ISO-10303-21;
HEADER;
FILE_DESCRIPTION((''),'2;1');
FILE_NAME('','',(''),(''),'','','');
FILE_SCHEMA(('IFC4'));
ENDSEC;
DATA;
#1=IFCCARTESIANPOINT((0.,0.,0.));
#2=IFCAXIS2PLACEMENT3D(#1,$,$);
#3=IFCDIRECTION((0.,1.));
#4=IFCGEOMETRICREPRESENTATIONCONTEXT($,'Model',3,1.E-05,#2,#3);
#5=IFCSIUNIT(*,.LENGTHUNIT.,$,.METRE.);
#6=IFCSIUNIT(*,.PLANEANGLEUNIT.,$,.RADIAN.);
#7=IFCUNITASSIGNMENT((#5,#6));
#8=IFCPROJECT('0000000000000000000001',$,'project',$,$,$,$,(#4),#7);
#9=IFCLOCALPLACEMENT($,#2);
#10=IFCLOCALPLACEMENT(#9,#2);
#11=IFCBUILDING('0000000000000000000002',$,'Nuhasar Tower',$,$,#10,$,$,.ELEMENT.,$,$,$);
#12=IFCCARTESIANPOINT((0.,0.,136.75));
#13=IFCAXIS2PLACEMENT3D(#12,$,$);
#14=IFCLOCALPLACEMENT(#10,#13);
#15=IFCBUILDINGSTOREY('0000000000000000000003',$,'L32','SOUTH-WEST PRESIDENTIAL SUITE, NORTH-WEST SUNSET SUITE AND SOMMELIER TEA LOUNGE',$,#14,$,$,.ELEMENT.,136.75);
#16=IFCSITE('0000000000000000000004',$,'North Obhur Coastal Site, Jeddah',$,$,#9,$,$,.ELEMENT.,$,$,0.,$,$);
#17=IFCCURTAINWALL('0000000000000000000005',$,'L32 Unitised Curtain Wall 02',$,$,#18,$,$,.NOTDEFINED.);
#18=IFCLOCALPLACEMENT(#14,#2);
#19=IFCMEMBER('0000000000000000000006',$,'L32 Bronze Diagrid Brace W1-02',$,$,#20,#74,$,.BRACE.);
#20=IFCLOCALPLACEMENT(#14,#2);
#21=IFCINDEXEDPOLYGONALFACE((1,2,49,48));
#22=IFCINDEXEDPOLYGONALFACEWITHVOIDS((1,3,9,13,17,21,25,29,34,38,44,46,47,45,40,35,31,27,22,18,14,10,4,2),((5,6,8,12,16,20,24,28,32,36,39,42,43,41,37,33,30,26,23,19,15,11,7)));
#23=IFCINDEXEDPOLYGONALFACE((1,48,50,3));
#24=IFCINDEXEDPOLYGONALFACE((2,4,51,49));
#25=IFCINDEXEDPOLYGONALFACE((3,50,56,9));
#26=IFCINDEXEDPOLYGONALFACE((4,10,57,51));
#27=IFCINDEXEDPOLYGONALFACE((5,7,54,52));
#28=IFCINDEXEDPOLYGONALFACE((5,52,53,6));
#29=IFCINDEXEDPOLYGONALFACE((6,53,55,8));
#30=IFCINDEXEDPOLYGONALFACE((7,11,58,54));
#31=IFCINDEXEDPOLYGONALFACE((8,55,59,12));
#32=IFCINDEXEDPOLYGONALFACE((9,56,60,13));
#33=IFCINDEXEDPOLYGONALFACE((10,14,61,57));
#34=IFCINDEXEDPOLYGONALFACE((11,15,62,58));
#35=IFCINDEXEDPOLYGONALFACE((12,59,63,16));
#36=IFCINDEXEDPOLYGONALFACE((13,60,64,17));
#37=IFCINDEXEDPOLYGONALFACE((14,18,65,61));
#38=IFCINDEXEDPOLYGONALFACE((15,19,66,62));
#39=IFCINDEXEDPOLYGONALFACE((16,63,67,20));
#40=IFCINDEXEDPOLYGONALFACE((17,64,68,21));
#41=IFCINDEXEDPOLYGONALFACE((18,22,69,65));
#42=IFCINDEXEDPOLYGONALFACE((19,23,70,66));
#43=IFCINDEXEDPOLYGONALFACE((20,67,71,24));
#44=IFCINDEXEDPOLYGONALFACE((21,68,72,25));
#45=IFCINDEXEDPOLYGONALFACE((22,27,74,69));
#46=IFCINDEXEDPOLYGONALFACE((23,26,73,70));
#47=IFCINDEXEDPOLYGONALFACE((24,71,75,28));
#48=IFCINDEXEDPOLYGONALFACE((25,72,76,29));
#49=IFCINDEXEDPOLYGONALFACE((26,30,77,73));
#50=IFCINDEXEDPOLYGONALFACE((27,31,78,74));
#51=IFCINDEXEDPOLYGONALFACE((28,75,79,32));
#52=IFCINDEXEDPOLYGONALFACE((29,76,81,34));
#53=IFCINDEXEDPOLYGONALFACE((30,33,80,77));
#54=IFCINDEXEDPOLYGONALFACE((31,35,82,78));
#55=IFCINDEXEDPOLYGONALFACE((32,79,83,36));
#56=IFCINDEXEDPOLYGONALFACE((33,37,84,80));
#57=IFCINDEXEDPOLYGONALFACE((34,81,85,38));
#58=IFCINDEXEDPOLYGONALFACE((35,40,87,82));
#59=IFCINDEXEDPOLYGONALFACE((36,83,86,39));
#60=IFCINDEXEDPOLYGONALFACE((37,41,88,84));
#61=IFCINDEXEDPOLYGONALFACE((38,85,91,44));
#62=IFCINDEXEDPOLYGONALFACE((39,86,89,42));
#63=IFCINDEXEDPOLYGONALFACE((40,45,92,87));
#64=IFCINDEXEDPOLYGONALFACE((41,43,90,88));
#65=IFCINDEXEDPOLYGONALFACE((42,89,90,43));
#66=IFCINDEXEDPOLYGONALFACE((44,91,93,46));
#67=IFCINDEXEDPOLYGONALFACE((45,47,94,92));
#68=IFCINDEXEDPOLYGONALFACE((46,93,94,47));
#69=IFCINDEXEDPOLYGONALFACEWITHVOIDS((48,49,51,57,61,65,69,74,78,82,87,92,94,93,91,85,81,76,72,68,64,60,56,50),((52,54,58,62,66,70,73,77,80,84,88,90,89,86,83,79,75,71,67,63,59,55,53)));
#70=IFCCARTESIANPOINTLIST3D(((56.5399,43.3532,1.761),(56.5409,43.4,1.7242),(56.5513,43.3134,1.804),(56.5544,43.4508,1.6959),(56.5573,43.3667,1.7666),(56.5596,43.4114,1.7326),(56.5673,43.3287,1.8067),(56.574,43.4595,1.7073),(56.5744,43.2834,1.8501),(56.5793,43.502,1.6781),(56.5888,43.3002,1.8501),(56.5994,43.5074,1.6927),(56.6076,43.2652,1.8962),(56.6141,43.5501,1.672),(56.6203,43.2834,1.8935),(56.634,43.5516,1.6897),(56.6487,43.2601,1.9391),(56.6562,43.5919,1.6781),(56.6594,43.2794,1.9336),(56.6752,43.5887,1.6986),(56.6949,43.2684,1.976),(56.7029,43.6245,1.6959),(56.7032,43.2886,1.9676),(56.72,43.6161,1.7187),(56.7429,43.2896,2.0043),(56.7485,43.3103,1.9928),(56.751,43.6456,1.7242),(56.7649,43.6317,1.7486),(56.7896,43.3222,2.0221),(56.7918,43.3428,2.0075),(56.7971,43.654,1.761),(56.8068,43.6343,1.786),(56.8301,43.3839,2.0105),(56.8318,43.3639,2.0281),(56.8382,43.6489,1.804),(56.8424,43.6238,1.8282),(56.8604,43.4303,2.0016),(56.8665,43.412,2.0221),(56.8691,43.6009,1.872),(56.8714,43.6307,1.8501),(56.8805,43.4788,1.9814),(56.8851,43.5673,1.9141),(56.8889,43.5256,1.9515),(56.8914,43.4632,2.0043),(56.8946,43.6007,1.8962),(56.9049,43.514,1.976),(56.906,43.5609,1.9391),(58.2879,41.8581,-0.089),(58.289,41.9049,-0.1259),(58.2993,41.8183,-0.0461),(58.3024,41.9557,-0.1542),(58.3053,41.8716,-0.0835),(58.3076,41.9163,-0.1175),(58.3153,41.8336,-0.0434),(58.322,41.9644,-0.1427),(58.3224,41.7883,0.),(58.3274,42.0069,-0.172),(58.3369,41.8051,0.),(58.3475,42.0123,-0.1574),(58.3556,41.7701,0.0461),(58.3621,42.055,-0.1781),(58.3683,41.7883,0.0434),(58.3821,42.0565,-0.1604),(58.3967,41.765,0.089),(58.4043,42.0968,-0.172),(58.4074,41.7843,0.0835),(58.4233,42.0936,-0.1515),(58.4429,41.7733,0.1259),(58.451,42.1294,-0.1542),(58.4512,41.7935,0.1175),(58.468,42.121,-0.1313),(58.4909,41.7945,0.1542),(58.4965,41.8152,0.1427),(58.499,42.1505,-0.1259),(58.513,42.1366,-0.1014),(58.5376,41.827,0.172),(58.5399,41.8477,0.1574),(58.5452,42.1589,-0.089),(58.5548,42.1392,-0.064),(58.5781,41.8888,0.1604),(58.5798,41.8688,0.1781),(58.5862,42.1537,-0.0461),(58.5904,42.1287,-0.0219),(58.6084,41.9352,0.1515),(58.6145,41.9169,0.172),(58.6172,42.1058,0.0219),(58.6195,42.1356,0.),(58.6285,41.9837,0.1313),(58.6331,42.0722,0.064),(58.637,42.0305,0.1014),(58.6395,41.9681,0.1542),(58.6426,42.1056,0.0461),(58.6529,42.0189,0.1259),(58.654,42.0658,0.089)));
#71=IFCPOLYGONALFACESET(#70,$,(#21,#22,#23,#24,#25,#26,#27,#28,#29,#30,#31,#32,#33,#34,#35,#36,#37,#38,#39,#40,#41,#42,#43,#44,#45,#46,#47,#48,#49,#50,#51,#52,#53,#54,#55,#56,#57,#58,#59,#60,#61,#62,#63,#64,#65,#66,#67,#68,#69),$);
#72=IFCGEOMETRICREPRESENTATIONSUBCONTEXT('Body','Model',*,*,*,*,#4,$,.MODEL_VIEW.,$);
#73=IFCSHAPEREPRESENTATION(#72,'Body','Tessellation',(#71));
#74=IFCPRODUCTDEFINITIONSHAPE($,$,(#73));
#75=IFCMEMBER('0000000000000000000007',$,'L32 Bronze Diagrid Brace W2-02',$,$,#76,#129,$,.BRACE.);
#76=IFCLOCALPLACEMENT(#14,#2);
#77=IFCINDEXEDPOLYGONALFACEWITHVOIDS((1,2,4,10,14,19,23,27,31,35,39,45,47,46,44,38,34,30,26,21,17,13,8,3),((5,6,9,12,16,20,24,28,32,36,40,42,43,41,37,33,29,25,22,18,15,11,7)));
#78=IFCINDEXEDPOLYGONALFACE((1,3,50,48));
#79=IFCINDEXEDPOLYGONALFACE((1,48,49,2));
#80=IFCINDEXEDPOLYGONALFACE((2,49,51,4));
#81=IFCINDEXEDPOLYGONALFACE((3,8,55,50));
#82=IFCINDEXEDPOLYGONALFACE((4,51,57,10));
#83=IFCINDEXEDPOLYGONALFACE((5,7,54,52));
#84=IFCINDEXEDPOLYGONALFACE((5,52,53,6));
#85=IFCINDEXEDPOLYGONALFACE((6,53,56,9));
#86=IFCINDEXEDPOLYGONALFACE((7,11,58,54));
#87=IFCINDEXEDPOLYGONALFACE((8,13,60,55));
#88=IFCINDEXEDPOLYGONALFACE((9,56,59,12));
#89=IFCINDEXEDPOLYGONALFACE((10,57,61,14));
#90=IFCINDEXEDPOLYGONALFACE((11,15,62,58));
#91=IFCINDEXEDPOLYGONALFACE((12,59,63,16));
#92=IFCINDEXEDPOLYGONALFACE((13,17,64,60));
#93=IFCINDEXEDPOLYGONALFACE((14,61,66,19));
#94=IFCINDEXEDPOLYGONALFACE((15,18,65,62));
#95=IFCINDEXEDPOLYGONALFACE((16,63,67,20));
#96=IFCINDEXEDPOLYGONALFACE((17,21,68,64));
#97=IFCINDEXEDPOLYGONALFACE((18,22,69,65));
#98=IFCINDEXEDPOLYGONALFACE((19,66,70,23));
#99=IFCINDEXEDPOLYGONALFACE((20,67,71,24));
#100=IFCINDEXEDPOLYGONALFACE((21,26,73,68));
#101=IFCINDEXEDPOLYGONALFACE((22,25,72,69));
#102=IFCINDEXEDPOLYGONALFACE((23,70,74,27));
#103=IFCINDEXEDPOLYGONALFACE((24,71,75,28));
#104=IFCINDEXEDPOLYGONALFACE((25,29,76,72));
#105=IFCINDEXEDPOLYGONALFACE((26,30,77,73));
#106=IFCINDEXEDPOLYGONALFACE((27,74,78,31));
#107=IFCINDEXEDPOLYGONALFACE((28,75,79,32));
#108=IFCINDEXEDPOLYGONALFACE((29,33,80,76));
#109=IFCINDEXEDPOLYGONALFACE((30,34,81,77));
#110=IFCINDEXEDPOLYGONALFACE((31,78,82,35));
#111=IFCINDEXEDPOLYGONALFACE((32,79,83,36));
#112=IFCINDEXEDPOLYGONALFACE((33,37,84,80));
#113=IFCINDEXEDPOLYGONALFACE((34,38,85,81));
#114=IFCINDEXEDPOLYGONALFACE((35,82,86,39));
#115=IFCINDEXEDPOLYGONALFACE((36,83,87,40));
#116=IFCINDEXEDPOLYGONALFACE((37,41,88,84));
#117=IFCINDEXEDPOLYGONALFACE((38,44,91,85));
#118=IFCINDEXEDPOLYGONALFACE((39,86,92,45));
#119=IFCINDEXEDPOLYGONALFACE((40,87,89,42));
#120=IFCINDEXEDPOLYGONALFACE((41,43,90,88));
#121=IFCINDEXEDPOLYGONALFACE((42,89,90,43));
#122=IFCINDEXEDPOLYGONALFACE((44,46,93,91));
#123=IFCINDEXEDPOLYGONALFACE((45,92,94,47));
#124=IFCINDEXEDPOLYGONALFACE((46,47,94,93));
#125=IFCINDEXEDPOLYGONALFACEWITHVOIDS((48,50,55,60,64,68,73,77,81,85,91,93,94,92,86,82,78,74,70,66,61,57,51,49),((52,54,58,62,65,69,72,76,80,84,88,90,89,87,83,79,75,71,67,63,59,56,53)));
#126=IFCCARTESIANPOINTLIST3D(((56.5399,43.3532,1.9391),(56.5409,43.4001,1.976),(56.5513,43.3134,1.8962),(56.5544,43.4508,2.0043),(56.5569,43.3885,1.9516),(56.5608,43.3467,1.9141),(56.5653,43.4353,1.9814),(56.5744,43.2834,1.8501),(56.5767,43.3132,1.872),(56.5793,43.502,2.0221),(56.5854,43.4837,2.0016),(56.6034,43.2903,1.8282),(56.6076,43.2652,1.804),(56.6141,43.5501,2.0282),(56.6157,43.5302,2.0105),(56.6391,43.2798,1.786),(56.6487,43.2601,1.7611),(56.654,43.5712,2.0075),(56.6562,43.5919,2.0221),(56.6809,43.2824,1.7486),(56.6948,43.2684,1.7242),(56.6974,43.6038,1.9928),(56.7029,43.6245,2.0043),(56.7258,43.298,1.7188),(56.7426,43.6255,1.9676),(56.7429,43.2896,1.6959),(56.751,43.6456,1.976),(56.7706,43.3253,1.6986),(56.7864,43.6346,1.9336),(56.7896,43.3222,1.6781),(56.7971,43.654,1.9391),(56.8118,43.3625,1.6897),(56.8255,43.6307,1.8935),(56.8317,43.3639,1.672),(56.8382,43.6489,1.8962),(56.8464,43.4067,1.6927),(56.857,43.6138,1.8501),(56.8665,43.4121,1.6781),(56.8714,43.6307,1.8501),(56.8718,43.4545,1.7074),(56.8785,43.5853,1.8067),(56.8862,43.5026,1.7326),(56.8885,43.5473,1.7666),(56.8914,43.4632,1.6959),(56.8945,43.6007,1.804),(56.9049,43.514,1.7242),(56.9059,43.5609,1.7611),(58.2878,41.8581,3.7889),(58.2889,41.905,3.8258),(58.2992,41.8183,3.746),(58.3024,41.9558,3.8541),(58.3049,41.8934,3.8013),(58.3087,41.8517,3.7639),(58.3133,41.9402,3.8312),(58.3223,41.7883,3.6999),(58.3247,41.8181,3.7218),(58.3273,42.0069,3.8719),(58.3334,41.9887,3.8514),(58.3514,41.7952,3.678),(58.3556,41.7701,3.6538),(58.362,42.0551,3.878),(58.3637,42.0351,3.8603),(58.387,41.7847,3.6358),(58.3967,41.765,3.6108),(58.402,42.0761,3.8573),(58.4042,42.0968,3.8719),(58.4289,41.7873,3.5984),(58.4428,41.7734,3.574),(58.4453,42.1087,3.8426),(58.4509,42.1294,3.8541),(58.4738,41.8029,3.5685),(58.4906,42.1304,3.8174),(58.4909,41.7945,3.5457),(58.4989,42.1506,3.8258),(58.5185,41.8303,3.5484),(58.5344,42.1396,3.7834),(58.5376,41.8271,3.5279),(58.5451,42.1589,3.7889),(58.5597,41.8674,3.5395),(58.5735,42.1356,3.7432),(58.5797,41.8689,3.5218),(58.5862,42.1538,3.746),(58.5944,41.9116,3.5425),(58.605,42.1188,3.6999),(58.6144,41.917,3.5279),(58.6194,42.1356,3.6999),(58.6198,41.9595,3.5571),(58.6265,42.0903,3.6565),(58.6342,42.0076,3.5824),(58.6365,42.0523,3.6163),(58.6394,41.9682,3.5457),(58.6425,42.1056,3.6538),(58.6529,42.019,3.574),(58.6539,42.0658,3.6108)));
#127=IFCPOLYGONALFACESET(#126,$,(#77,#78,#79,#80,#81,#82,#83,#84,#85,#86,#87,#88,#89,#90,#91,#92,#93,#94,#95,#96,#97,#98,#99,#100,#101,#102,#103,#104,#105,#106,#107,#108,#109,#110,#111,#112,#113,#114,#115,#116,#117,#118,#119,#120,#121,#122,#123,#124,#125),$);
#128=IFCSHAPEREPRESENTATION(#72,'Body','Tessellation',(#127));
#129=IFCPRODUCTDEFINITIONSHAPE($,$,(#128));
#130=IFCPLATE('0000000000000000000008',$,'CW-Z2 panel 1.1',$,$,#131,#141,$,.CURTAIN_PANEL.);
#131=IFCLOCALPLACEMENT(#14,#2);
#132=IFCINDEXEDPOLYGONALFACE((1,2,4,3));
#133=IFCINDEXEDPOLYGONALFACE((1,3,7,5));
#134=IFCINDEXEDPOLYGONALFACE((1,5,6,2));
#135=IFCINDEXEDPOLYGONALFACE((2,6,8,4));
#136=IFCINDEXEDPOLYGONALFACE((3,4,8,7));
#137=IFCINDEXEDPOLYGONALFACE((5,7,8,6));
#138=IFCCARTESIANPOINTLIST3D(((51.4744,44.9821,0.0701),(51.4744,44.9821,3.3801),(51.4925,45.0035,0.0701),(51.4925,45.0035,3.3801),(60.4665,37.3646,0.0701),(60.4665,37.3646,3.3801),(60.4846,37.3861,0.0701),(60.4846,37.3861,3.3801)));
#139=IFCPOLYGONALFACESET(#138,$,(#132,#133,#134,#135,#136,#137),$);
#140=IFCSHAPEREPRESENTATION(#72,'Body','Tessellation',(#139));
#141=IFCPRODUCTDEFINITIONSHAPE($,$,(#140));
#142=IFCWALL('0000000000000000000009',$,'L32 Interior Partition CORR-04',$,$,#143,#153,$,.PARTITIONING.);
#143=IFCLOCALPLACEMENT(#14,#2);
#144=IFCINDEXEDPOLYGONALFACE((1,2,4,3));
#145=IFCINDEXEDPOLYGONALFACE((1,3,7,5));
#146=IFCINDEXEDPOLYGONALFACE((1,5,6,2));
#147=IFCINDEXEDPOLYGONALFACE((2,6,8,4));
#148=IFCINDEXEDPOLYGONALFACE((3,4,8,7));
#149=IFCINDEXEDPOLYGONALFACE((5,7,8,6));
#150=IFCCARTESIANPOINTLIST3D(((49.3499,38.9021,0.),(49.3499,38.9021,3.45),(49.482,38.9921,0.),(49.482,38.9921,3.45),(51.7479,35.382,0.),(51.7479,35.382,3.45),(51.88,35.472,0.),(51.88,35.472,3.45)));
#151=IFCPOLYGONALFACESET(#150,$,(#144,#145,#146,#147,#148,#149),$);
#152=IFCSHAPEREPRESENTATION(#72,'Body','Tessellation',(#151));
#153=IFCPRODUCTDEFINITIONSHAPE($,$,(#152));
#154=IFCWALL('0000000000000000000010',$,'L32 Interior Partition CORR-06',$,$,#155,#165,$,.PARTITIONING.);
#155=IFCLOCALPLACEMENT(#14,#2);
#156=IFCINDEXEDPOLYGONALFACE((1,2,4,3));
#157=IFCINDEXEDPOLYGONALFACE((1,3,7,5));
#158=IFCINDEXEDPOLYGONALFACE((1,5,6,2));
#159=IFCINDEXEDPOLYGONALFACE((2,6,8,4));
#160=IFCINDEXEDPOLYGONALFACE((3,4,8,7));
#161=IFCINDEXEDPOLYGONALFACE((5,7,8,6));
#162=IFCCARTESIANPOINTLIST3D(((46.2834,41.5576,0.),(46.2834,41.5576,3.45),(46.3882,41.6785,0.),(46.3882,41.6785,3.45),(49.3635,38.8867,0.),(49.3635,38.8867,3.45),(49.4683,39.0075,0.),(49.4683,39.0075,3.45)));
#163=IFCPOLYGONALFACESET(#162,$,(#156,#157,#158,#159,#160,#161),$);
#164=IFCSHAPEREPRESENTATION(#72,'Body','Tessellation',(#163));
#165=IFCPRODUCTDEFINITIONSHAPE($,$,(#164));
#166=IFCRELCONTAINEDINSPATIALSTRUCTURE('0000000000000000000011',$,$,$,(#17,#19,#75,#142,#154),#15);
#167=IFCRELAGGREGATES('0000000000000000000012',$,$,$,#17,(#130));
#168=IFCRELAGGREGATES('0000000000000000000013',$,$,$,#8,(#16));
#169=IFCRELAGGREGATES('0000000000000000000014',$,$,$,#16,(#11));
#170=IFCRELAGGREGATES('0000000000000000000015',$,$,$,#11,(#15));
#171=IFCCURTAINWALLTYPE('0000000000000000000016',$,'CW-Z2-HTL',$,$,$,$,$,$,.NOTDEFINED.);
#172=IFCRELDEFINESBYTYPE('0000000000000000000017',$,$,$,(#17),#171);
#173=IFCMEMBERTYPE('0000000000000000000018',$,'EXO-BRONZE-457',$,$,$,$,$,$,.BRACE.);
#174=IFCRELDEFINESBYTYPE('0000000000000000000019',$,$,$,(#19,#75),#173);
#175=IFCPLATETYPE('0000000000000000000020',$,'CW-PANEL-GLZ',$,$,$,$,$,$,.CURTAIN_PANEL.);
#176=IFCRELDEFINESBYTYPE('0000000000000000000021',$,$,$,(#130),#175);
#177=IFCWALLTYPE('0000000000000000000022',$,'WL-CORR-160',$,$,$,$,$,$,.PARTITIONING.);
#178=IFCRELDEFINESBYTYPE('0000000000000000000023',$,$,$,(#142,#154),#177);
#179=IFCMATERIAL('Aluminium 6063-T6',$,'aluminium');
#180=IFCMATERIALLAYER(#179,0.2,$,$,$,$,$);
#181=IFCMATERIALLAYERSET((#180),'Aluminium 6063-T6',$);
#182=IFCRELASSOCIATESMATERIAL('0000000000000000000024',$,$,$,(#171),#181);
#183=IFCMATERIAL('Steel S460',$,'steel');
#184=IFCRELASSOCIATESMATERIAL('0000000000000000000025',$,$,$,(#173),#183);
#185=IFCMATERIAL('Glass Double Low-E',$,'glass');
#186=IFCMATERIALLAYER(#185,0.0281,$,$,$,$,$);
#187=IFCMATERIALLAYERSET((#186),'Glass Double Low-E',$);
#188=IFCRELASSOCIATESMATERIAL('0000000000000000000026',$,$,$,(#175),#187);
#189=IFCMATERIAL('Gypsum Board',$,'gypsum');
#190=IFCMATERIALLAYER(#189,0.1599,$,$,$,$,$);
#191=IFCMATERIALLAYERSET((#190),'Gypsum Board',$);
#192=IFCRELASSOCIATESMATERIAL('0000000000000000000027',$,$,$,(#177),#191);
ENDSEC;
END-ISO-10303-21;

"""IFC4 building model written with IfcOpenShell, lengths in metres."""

from ifc_helpers import new_model, si_unit, direction, frame, frame_2d, origin, origin_2d, place, context, subcontext, project, spatial, rectangle, hollow_circle, extrude, material, layer, layer_set, material_profile, profile_set, type_object, element, aggregate, save


model = new_model("IFC4")

# Units and contexts
model_context = context("Model", 3, precision=1e-05, world=origin(), true_north=direction((0.0, 1.0)))
body_context = subcontext(model_context, "Body", "Model", "MODEL_VIEW")
ifc_project = project(units=[si_unit("LENGTHUNIT", "METRE"), si_unit("PLANEANGLEUNIT", "RADIAN")], contexts=[model_context])

# Site, building, storey
site_placement = place(None, origin())
site = spatial("IfcSite", under=ifc_project, at=site_placement, Name="North Obhur Coastal Site, Jeddah", CompositionType="ELEMENT", RefElevation=0.0)
building_placement = place(site_placement, origin())
building = spatial("IfcBuilding", under=site, at=building_placement, Name="Nuhasar Tower", CompositionType="ELEMENT")
storey_placement = place(building_placement, frame((0.0, 0.0, 136.75)))
storey = spatial("IfcBuildingStorey", under=building, at=storey_placement, Name="L32", Description="SOUTH-WEST PRESIDENTIAL SUITE, NORTH-WEST SUNSET SUITE AND SOMMELIER TEA LOUNGE", CompositionType="ELEMENT", Elevation=136.75)

# Shared definitions
ifc_material_1 = material(Name="Aluminium 6063-T6", Category="aluminium")
ifc_layer_1 = layer(ifc_material_1, 0.2)
ifc_layer_set_1 = layer_set([ifc_layer_1], Name="Aluminium 6063-T6")
curtain_wall_type = type_object("IfcCurtainWallType", Name="CW-Z2-HTL", PredefinedType="NOTDEFINED", material=ifc_layer_set_1)

# Curtain wall
curtain_wall_1_placement = place(storey_placement, origin())
curtain_wall_1 = element("IfcCurtainWall", 1, at=curtain_wall_1_placement, inside=storey, type_object=curtain_wall_type, Name="L32 Unitised Curtain Wall 02", PredefinedType="NOTDEFINED")

# Members
ifc_material_2 = material(Name="Steel S460", Category="steel")
ifc_material_profile_1 = material_profile(ifc_material_2, hollow_circle(Radius=0.2285, WallThickness=0.0222, at=origin_2d()), Name="HSS457X22.2")
ifc_profile_set_1 = profile_set([ifc_material_profile_1], Name="Steel S460")
member_type_1 = type_object("IfcMemberType", Name="EXO-BRONZE-457", PredefinedType="BRACE", material=ifc_profile_set_1)
member_1_placement = place(storey_placement, frame((58.4709, 41.9619, 0.0), z_axis=(-0.59217, 0.506488, 0.626741), x_axis=(-0.649987, -0.759945, 0.0)))
element("IfcMember", 2, at=member_1_placement, inside=storey, type_object=member_type_1, Name="L32 Bronze Diagrid Brace W1-02", PredefinedType="BRACE", context=body_context, shape_type="SweptSolid", body=[
    extrude(hollow_circle(Radius=0.2285, WallThickness=0.0222, at=origin_2d()), origin(), (0.0, 0.0, 1.0), 2.9519),
])
member_2_placement = place(storey_placement, frame((56.7229, 43.457, 1.8501), z_axis=(0.592201, -0.506514, 0.626691), x_axis=(0.649987, 0.759945, 0.0)))
element("IfcMember", 3, at=member_2_placement, inside=storey, type_object=member_type_1, Name="L32 Bronze Diagrid Brace W2-02", PredefinedType="BRACE", context=body_context, shape_type="SweptSolid", body=[
    extrude(hollow_circle(Radius=0.2285, WallThickness=0.0222, at=origin_2d()), origin(), (0.0, 0.0, 1.0), 2.9517),
])

# Plate
ifc_material_3 = material(Name="Glass Double Low-E", Category="glass")
ifc_layer_2 = layer(ifc_material_3, 0.0281)
ifc_layer_set_2 = layer_set([ifc_layer_2], Name="Glass Double Low-E")
plate_type = type_object("IfcPlateType", Name="CW-PANEL-GLZ", PredefinedType="CURTAIN_PANEL", material=ifc_layer_set_2)
plate_placement = place(storey_placement, frame((55.9795, 41.1841, 0.0701), z_axis=(0.0, 0.0, 1.0), x_axis=(-0.76302, 0.646374, 0.0)))
plate = element("IfcPlate", 4, at=plate_placement, type_object=plate_type, Name="CW-Z2 panel 1.1", PredefinedType="CURTAIN_PANEL", context=body_context, shape_type="SweptSolid", body=[
    extrude(rectangle(XDim=11.7849, YDim=0.0281, at=origin_2d()), origin(), (0.0, 0.0, 1.0), 3.3101),
])
aggregate(curtain_wall_1, [plate])

# Shared definitions
ifc_material_4 = material(Name="Gypsum Board", Category="gypsum")
ifc_layer_3 = layer(ifc_material_4, 0.1599)
ifc_layer_set_3 = layer_set([ifc_layer_3], Name="Gypsum Board")
wall_type = type_object("IfcWallType", Name="WL-CORR-160", PredefinedType="PARTITIONING", material=ifc_layer_set_3)

# Walls
wall_1_placement = place(storey_placement, frame((51.814, 35.427, 0.0), z_axis=(0.0, 0.0, 1.0), x_axis=(-0.563006, 0.826453, 0.0)))
element("IfcWall", 5, at=wall_1_placement, inside=storey, type_object=wall_type, Name="L32 Interior Partition CORR-04", PredefinedType="PARTITIONING", context=body_context, shape_type="SweptSolid", body=[
    extrude(rectangle(XDim=4.2593, YDim=0.1599, at=frame_2d((2.1296, 0.0))), origin(), (0.0, 0.0, 1.0), 3.45),
])
wall_2_placement = place(storey_placement, frame((49.416, 38.947, 0.0), z_axis=(0.0, 0.0, 1.0), x_axis=(-0.755507, 0.65514, 0.0)))
element("IfcWall", 6, at=wall_2_placement, inside=storey, type_object=wall_type, Name="L32 Interior Partition CORR-06", PredefinedType="PARTITIONING", context=body_context, shape_type="SweptSolid", body=[
    extrude(rectangle(XDim=4.0769, YDim=0.1599, at=frame_2d((2.0386, 0.0))), origin(), (0.0, 0.0, 1.0), 3.45),
])

save(model, "model.ifc")
